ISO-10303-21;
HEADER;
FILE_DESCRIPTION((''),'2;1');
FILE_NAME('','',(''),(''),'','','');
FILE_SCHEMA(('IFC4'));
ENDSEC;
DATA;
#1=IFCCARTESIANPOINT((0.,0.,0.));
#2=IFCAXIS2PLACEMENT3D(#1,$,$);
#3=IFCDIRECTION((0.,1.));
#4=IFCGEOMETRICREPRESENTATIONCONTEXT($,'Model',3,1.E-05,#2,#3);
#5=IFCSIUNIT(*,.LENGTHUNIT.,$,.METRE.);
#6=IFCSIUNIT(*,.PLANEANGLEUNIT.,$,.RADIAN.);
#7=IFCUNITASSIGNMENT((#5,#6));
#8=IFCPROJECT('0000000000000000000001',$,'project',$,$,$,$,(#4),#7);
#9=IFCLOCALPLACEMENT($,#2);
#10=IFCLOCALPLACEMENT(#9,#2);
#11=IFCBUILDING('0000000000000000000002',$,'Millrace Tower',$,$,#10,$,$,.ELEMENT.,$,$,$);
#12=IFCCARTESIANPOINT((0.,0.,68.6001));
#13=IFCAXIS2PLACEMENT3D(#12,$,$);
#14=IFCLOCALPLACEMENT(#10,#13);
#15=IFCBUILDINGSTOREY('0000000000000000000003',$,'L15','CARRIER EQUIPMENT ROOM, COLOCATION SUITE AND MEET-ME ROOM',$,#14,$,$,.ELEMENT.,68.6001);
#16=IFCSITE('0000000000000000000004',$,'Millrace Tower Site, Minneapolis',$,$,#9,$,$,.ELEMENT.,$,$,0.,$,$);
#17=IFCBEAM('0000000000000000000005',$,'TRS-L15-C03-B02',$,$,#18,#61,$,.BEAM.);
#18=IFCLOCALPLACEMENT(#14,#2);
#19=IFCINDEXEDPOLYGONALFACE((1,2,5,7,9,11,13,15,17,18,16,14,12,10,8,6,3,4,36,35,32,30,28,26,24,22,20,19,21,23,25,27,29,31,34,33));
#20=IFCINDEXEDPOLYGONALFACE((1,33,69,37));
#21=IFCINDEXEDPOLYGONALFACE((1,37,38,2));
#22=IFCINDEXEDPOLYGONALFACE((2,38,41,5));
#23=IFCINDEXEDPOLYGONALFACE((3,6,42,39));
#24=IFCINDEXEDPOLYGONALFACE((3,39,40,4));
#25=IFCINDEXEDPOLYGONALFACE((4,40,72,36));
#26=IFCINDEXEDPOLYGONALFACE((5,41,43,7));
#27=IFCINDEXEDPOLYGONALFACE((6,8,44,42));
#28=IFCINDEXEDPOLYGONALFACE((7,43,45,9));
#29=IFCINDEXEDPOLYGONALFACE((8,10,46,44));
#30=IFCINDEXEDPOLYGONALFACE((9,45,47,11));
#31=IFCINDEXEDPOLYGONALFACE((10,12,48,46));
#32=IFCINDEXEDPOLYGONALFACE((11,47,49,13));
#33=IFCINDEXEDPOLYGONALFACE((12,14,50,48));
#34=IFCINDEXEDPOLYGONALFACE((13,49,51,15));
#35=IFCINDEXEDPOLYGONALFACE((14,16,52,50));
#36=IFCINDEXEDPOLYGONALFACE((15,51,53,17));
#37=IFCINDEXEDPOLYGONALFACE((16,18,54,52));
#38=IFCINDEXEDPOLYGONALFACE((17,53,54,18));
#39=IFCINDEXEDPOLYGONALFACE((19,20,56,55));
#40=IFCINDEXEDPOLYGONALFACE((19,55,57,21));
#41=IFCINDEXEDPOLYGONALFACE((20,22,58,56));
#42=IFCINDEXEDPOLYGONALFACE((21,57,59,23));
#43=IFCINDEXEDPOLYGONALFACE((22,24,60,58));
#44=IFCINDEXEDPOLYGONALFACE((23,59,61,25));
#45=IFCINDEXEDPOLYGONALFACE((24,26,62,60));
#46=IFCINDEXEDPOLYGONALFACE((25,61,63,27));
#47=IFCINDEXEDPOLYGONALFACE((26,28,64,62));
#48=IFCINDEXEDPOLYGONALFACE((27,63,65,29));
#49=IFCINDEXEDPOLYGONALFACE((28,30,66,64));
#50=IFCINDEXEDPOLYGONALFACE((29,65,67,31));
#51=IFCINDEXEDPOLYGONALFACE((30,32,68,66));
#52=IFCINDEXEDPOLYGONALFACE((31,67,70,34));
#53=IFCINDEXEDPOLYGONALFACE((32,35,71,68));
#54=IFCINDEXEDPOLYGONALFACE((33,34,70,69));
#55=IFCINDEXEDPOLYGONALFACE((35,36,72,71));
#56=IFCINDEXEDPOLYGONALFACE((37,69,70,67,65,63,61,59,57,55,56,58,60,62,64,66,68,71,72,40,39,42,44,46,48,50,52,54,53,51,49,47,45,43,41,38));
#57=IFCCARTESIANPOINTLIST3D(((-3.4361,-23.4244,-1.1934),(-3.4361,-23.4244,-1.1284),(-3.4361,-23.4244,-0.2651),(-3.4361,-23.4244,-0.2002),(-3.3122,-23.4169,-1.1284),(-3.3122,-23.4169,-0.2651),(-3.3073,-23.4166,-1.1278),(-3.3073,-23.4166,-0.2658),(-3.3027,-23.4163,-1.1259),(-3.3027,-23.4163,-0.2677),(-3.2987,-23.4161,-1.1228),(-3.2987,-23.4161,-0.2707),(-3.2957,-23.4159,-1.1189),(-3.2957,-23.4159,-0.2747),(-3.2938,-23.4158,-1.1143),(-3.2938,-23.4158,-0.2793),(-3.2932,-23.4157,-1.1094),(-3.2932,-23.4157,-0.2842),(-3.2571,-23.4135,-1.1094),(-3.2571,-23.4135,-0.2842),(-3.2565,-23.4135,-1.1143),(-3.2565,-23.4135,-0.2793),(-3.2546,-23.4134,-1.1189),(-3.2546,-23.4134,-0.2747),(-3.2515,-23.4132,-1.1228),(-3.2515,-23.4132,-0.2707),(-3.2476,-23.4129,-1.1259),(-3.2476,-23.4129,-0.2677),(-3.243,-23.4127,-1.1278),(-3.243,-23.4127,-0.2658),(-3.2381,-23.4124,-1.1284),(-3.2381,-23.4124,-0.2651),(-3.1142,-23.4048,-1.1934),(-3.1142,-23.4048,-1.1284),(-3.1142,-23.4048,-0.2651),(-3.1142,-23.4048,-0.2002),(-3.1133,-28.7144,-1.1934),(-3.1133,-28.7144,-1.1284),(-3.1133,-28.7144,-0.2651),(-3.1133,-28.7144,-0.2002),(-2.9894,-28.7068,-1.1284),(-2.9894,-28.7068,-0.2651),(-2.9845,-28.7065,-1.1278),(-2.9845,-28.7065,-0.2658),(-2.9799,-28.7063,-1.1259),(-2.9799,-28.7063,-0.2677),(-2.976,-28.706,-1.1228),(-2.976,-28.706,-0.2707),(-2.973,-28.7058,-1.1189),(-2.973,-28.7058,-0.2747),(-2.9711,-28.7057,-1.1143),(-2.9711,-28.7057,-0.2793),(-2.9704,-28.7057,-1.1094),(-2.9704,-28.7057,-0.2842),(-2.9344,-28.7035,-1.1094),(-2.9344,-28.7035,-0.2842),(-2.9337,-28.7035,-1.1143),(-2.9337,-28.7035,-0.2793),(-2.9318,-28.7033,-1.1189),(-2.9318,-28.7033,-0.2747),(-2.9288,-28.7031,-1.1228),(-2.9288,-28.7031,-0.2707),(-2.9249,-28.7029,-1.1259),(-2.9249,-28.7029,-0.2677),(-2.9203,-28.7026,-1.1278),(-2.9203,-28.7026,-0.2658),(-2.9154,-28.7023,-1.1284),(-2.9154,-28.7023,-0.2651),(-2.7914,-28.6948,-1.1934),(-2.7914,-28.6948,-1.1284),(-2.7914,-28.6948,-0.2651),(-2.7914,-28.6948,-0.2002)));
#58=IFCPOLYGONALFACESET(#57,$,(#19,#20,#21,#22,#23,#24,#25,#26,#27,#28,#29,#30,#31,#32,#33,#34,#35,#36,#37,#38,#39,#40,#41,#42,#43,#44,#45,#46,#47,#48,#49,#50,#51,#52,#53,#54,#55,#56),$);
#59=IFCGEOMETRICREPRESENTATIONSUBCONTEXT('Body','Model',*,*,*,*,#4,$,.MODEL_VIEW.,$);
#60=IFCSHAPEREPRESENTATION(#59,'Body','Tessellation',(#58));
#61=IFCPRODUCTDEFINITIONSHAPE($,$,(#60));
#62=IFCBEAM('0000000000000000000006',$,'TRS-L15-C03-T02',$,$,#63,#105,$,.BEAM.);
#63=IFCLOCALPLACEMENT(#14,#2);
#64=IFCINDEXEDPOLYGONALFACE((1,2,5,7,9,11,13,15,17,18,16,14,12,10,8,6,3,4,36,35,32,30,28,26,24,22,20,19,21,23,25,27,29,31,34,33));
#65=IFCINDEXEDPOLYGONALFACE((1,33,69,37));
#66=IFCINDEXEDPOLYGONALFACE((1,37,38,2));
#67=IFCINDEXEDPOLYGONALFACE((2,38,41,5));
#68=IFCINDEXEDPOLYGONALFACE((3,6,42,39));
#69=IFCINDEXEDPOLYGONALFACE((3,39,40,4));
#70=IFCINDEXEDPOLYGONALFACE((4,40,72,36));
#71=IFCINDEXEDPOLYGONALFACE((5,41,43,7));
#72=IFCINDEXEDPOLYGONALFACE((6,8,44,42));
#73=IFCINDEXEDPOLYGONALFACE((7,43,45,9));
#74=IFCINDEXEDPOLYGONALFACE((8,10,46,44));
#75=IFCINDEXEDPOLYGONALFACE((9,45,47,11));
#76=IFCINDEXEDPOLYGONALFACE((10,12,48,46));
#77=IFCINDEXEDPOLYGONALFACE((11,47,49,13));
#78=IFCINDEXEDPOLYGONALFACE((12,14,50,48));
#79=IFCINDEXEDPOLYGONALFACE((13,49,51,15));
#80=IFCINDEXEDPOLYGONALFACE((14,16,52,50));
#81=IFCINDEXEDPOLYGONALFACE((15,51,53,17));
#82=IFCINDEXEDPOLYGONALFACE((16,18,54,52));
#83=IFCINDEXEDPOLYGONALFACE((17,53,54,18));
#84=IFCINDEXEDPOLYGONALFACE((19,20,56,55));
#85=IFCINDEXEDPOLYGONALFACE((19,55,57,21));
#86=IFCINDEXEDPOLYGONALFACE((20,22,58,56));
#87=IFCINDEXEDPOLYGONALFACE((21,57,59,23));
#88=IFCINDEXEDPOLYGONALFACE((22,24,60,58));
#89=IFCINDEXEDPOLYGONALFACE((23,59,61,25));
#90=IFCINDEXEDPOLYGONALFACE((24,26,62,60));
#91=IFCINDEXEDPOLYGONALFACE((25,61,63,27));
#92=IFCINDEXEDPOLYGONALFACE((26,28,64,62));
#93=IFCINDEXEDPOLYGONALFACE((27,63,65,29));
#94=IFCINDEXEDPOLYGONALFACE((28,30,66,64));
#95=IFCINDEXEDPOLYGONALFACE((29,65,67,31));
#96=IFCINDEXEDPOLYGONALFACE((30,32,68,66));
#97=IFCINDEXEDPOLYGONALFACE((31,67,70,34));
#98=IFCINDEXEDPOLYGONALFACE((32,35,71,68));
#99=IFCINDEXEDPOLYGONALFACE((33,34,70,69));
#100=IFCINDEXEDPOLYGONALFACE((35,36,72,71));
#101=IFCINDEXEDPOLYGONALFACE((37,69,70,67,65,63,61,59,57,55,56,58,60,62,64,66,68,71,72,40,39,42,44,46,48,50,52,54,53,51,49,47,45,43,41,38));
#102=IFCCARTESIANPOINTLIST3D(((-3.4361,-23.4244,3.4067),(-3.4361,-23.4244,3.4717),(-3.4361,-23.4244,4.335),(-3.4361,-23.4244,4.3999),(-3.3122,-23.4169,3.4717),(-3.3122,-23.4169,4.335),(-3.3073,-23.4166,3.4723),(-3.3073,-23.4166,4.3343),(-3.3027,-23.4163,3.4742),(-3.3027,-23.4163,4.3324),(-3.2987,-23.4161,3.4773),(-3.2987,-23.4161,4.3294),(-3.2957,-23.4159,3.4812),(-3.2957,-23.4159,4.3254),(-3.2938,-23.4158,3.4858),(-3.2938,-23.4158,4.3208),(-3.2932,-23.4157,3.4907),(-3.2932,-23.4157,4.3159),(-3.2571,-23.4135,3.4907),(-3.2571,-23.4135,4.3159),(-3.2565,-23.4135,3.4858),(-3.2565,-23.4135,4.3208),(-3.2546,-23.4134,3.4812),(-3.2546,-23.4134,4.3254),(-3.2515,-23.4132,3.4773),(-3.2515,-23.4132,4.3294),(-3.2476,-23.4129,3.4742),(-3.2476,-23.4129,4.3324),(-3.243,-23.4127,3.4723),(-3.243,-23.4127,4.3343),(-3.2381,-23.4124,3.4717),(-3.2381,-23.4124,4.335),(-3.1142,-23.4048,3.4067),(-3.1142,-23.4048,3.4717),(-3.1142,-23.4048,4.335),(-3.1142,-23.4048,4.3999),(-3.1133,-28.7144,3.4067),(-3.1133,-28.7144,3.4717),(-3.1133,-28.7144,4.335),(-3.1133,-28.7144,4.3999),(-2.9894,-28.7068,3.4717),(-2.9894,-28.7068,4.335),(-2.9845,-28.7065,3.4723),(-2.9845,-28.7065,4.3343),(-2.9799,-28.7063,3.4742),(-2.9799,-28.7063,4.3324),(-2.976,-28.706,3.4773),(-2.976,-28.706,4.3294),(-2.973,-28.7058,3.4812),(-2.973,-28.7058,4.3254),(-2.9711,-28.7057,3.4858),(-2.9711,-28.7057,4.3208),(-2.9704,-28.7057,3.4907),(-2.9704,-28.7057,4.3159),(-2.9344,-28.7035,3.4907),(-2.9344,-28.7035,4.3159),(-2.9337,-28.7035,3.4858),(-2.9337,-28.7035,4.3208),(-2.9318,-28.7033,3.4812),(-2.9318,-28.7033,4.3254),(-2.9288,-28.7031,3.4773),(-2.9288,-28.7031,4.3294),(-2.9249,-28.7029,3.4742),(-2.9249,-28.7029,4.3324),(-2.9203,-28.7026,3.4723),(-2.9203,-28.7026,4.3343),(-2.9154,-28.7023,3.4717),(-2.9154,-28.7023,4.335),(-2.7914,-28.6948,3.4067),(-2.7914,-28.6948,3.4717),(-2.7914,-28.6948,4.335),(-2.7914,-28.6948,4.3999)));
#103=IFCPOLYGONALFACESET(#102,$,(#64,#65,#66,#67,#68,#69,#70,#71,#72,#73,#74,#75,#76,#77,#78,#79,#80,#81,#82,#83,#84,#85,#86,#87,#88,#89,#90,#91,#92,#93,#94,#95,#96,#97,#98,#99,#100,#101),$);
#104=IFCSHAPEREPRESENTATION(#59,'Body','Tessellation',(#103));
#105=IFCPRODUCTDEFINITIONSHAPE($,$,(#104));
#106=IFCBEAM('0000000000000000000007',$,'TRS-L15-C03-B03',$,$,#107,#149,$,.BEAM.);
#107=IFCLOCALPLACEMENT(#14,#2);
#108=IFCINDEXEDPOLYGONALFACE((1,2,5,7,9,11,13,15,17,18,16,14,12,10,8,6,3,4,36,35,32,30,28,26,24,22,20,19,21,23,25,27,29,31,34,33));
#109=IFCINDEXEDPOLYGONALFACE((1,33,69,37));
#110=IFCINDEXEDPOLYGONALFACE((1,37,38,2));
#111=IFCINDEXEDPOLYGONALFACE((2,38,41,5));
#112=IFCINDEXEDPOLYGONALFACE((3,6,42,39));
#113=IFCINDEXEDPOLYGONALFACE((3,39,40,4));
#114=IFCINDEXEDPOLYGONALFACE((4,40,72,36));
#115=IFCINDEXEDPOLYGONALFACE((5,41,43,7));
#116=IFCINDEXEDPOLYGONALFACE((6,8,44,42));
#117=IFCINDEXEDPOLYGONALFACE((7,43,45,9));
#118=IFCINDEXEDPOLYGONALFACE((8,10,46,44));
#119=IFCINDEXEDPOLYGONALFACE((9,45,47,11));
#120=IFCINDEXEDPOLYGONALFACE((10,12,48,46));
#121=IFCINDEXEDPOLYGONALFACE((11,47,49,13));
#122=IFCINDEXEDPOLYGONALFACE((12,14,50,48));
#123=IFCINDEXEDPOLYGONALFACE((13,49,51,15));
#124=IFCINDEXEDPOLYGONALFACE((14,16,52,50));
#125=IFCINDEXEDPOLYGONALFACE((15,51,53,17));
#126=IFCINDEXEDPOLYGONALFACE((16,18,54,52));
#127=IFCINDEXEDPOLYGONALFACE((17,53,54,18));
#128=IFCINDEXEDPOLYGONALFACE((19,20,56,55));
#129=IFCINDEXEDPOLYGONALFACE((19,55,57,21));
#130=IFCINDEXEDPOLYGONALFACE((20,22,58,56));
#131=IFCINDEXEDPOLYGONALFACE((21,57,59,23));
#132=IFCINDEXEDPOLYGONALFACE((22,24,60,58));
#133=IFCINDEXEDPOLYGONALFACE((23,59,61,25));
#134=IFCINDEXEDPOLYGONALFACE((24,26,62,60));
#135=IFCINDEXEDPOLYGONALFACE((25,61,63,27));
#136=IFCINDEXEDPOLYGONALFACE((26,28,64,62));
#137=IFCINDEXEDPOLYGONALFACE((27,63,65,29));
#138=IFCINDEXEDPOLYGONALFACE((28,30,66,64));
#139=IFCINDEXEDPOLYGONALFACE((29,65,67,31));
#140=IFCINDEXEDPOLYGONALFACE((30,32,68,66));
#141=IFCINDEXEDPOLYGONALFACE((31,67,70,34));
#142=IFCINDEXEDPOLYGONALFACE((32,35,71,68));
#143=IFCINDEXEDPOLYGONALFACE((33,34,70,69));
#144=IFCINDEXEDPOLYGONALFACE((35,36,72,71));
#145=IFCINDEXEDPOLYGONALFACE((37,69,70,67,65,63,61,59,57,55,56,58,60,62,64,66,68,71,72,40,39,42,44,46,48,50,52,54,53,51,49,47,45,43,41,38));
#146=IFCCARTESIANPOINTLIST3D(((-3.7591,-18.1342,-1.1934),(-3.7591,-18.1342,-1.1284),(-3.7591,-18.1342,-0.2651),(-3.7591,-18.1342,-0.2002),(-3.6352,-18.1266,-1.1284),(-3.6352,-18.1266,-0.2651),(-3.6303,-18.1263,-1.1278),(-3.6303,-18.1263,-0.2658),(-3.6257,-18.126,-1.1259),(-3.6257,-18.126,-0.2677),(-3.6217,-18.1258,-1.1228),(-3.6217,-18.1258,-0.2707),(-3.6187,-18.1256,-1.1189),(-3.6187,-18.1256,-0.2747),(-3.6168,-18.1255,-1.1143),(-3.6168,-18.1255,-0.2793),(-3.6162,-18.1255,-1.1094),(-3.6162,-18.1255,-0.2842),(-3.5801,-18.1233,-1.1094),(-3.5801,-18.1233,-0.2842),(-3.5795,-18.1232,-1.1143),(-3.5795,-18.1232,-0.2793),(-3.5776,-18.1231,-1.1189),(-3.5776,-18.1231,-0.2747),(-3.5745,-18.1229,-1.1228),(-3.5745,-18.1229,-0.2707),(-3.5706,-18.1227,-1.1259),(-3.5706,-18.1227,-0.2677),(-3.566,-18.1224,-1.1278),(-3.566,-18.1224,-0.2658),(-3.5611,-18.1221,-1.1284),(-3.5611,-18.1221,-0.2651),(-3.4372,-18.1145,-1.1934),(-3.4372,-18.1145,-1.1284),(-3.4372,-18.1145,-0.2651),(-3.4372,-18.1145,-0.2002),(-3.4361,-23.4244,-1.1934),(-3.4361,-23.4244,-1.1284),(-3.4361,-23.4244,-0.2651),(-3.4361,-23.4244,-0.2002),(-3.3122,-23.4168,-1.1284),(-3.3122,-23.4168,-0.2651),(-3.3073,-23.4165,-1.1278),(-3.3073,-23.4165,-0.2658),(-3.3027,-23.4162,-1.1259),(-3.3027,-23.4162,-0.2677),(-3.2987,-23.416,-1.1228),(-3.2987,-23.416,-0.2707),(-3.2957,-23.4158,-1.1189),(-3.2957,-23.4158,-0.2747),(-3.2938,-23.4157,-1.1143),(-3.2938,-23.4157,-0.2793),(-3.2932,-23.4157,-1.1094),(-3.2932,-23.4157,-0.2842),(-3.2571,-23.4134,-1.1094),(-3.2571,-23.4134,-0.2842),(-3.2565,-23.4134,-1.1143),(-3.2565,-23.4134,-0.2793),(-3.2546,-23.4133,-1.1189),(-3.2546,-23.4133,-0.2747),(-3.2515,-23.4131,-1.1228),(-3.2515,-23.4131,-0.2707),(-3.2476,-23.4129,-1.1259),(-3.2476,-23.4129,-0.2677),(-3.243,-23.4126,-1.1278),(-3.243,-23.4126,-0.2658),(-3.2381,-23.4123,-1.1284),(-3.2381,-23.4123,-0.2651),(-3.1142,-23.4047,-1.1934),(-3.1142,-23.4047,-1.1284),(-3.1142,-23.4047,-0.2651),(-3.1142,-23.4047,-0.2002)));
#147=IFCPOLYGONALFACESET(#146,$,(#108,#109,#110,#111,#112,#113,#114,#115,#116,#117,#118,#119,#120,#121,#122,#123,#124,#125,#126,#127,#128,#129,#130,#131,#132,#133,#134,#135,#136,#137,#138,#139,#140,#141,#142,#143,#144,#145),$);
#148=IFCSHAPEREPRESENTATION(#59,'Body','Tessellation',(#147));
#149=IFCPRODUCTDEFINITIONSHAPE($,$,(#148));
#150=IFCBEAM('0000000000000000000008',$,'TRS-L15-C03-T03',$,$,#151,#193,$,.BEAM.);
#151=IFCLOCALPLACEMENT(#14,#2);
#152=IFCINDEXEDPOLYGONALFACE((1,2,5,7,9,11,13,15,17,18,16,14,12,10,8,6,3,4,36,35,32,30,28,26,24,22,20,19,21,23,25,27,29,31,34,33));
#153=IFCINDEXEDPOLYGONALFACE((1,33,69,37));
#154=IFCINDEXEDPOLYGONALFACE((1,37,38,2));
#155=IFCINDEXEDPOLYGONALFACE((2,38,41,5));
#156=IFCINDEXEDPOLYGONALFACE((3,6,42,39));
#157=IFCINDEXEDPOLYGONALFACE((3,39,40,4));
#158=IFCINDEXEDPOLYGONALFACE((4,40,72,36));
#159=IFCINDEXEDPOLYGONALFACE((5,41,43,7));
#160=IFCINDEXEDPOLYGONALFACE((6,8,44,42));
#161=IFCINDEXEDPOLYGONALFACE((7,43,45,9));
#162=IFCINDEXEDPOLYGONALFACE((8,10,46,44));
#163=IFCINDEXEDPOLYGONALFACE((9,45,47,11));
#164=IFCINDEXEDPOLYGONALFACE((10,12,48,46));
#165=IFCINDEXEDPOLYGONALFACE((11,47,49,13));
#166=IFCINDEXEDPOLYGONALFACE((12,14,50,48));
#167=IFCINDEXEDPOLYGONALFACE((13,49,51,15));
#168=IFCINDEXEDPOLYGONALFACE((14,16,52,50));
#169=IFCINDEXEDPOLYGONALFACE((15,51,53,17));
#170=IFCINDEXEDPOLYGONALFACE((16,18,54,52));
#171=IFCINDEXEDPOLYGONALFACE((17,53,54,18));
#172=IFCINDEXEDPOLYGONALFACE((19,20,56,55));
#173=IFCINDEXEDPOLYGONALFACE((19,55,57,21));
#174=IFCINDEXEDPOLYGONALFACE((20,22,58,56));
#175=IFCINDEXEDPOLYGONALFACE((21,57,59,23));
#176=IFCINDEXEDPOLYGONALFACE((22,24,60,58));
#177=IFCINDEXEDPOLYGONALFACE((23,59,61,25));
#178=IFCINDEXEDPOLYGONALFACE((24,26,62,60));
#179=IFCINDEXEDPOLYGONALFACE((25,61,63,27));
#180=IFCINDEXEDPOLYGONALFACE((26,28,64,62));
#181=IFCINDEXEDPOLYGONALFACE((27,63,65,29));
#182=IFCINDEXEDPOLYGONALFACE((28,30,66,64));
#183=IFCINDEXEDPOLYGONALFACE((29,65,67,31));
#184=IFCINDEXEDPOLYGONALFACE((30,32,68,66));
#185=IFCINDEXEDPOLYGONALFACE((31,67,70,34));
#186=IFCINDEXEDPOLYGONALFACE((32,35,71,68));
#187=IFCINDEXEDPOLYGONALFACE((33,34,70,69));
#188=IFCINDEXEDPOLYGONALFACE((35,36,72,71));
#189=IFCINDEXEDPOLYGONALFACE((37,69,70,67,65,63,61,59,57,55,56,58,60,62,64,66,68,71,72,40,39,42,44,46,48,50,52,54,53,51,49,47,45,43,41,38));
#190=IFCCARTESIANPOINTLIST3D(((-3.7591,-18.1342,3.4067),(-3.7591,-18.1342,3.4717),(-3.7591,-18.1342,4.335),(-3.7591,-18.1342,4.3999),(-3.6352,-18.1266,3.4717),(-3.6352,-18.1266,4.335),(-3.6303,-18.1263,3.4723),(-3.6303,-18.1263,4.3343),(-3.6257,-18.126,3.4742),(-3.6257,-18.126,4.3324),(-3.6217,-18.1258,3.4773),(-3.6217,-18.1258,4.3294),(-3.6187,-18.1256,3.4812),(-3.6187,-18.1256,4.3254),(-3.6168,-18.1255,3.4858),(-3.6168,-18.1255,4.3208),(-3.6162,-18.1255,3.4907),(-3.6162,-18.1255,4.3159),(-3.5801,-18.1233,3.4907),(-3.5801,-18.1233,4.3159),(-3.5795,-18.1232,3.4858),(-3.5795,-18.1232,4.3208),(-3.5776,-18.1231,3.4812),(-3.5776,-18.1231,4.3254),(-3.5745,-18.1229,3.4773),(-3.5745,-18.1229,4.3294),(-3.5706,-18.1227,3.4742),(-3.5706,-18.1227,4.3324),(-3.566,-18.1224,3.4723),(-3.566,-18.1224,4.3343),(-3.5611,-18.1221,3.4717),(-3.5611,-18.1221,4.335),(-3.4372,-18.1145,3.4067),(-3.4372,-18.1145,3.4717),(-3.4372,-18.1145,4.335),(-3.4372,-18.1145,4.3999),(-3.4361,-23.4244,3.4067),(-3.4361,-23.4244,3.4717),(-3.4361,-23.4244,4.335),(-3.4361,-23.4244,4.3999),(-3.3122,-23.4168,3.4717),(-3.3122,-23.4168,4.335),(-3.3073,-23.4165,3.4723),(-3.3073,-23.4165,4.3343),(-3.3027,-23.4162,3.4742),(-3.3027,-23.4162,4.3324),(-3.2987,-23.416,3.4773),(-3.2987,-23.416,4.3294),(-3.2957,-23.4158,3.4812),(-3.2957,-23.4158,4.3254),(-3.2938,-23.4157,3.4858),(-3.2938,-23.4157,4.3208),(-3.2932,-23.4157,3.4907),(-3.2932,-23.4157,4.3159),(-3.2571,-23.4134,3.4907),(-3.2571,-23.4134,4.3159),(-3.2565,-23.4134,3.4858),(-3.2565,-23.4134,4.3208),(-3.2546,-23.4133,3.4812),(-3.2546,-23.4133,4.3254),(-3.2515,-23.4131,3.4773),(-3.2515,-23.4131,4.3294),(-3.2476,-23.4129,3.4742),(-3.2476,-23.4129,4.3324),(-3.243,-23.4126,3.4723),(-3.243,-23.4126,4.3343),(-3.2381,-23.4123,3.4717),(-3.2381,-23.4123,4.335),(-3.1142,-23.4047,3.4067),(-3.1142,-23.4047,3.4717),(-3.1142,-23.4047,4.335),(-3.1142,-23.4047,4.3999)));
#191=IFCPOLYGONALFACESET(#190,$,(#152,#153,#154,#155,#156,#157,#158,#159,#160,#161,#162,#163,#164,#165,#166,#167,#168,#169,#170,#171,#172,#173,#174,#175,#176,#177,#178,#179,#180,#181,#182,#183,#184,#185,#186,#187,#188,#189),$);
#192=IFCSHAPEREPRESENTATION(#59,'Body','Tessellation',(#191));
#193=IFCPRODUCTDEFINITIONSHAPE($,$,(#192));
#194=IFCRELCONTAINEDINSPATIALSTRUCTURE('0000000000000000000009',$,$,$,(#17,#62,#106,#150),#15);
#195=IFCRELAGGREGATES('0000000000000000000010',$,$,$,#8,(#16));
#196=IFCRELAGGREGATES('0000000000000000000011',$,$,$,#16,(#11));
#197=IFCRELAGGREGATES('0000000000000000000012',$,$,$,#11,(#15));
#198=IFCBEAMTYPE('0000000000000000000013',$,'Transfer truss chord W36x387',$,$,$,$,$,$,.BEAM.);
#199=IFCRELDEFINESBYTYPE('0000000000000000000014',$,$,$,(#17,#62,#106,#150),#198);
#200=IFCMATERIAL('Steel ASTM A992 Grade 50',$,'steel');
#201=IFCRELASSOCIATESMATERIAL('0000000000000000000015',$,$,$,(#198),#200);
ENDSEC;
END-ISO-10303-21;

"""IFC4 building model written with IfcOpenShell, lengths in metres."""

from ifc_helpers import new_model, si_unit, direction, frame, origin, origin_2d, place, context, subcontext, project, spatial, i_section, extrude, material, material_profile, profile_set, type_object, element, save


model = new_model("IFC4")

# Units and contexts
model_context = context("Model", 3, precision=1e-05, world=origin(), true_north=direction((0.0, 1.0)))
body_context = subcontext(model_context, "Body", "Model", "MODEL_VIEW")
ifc_project = project(units=[si_unit("LENGTHUNIT", "METRE"), si_unit("PLANEANGLEUNIT", "RADIAN")], contexts=[model_context])

# Site, building, storey
site_placement = place(None, origin())
site = spatial("IfcSite", under=ifc_project, at=site_placement, Name="Millrace Tower Site, Minneapolis", CompositionType="ELEMENT", RefElevation=0.0)
building_placement = place(site_placement, origin())
building = spatial("IfcBuilding", under=site, at=building_placement, Name="Millrace Tower", CompositionType="ELEMENT")
storey_placement = place(building_placement, frame((0.0, 0.0, 68.6001)))
storey = spatial("IfcBuildingStorey", under=building, at=storey_placement, Name="L15", Description="CARRIER EQUIPMENT ROOM, COLOCATION SUITE AND MEET-ME ROOM", CompositionType="ELEMENT", Elevation=68.6001)

# Beams
ifc_material_1 = material(Name="Steel ASTM A992 Grade 50", Category="steel")
ifc_material_profile_1 = material_profile(ifc_material_1, i_section(OverallWidth=0.3225, OverallDepth=0.9932, WebThickness=0.0361, FlangeThickness=0.0649, FilletRadius=0.019, at=origin_2d()))
ifc_profile_set_1 = profile_set([ifc_material_profile_1], Name="Steel ASTM A992 Grade 50")
beam_type_1 = type_object("IfcBeamType", Name="Transfer truss chord W36x387", PredefinedType="BEAM", material=ifc_profile_set_1)
for number, where, z_axis, x_axis, name in (
    (1, (-2.9524, -28.7046, -0.6968), (-0.060898, 0.998144, 0.0), (-0.998144, -0.060898, 0.0), "TRS-L15-C03-B02"),
    (2, (-2.9524, -28.7046, 3.9033), (-0.060898, 0.998144, 0.0), (-0.998144, -0.060898, 0.0), "TRS-L15-C03-T02"),
):
    element("IfcBeam", number, at=place(storey_placement, frame(where, z_axis=z_axis, x_axis=x_axis)), inside=storey, type_object=beam_type_1, Name=name, PredefinedType="BEAM", context=body_context, shape_type="SweptSolid", body=[
        extrude(i_section(OverallWidth=0.3225, OverallDepth=0.9932, WebThickness=0.0361, FlangeThickness=0.0649, FilletRadius=0.019, at=origin_2d()), origin(), (0.0, 0.0, 1.0), 5.2998),
    ])
for number, where, z_axis, x_axis, name in (
    (3, (-3.2751, -23.4146, -0.6968), (-0.060941, 0.998141, 0.0), (-0.998141, -0.060941, 0.0), "TRS-L15-C03-B03"),
    (4, (-3.2751, -23.4146, 3.9033), (-0.060941, 0.998141, 0.0), (-0.998141, -0.060941, 0.0), "TRS-L15-C03-T03"),
):
    element("IfcBeam", number, at=place(storey_placement, frame(where, z_axis=z_axis, x_axis=x_axis)), inside=storey, type_object=beam_type_1, Name=name, PredefinedType="BEAM", context=body_context, shape_type="SweptSolid", body=[
        extrude(i_section(OverallWidth=0.3225, OverallDepth=0.9932, WebThickness=0.0361, FlangeThickness=0.0649, FilletRadius=0.019, at=origin_2d()), origin(), (0.0, 0.0, 1.0), 5.3),
    ])

save(model, "model.ifc")
